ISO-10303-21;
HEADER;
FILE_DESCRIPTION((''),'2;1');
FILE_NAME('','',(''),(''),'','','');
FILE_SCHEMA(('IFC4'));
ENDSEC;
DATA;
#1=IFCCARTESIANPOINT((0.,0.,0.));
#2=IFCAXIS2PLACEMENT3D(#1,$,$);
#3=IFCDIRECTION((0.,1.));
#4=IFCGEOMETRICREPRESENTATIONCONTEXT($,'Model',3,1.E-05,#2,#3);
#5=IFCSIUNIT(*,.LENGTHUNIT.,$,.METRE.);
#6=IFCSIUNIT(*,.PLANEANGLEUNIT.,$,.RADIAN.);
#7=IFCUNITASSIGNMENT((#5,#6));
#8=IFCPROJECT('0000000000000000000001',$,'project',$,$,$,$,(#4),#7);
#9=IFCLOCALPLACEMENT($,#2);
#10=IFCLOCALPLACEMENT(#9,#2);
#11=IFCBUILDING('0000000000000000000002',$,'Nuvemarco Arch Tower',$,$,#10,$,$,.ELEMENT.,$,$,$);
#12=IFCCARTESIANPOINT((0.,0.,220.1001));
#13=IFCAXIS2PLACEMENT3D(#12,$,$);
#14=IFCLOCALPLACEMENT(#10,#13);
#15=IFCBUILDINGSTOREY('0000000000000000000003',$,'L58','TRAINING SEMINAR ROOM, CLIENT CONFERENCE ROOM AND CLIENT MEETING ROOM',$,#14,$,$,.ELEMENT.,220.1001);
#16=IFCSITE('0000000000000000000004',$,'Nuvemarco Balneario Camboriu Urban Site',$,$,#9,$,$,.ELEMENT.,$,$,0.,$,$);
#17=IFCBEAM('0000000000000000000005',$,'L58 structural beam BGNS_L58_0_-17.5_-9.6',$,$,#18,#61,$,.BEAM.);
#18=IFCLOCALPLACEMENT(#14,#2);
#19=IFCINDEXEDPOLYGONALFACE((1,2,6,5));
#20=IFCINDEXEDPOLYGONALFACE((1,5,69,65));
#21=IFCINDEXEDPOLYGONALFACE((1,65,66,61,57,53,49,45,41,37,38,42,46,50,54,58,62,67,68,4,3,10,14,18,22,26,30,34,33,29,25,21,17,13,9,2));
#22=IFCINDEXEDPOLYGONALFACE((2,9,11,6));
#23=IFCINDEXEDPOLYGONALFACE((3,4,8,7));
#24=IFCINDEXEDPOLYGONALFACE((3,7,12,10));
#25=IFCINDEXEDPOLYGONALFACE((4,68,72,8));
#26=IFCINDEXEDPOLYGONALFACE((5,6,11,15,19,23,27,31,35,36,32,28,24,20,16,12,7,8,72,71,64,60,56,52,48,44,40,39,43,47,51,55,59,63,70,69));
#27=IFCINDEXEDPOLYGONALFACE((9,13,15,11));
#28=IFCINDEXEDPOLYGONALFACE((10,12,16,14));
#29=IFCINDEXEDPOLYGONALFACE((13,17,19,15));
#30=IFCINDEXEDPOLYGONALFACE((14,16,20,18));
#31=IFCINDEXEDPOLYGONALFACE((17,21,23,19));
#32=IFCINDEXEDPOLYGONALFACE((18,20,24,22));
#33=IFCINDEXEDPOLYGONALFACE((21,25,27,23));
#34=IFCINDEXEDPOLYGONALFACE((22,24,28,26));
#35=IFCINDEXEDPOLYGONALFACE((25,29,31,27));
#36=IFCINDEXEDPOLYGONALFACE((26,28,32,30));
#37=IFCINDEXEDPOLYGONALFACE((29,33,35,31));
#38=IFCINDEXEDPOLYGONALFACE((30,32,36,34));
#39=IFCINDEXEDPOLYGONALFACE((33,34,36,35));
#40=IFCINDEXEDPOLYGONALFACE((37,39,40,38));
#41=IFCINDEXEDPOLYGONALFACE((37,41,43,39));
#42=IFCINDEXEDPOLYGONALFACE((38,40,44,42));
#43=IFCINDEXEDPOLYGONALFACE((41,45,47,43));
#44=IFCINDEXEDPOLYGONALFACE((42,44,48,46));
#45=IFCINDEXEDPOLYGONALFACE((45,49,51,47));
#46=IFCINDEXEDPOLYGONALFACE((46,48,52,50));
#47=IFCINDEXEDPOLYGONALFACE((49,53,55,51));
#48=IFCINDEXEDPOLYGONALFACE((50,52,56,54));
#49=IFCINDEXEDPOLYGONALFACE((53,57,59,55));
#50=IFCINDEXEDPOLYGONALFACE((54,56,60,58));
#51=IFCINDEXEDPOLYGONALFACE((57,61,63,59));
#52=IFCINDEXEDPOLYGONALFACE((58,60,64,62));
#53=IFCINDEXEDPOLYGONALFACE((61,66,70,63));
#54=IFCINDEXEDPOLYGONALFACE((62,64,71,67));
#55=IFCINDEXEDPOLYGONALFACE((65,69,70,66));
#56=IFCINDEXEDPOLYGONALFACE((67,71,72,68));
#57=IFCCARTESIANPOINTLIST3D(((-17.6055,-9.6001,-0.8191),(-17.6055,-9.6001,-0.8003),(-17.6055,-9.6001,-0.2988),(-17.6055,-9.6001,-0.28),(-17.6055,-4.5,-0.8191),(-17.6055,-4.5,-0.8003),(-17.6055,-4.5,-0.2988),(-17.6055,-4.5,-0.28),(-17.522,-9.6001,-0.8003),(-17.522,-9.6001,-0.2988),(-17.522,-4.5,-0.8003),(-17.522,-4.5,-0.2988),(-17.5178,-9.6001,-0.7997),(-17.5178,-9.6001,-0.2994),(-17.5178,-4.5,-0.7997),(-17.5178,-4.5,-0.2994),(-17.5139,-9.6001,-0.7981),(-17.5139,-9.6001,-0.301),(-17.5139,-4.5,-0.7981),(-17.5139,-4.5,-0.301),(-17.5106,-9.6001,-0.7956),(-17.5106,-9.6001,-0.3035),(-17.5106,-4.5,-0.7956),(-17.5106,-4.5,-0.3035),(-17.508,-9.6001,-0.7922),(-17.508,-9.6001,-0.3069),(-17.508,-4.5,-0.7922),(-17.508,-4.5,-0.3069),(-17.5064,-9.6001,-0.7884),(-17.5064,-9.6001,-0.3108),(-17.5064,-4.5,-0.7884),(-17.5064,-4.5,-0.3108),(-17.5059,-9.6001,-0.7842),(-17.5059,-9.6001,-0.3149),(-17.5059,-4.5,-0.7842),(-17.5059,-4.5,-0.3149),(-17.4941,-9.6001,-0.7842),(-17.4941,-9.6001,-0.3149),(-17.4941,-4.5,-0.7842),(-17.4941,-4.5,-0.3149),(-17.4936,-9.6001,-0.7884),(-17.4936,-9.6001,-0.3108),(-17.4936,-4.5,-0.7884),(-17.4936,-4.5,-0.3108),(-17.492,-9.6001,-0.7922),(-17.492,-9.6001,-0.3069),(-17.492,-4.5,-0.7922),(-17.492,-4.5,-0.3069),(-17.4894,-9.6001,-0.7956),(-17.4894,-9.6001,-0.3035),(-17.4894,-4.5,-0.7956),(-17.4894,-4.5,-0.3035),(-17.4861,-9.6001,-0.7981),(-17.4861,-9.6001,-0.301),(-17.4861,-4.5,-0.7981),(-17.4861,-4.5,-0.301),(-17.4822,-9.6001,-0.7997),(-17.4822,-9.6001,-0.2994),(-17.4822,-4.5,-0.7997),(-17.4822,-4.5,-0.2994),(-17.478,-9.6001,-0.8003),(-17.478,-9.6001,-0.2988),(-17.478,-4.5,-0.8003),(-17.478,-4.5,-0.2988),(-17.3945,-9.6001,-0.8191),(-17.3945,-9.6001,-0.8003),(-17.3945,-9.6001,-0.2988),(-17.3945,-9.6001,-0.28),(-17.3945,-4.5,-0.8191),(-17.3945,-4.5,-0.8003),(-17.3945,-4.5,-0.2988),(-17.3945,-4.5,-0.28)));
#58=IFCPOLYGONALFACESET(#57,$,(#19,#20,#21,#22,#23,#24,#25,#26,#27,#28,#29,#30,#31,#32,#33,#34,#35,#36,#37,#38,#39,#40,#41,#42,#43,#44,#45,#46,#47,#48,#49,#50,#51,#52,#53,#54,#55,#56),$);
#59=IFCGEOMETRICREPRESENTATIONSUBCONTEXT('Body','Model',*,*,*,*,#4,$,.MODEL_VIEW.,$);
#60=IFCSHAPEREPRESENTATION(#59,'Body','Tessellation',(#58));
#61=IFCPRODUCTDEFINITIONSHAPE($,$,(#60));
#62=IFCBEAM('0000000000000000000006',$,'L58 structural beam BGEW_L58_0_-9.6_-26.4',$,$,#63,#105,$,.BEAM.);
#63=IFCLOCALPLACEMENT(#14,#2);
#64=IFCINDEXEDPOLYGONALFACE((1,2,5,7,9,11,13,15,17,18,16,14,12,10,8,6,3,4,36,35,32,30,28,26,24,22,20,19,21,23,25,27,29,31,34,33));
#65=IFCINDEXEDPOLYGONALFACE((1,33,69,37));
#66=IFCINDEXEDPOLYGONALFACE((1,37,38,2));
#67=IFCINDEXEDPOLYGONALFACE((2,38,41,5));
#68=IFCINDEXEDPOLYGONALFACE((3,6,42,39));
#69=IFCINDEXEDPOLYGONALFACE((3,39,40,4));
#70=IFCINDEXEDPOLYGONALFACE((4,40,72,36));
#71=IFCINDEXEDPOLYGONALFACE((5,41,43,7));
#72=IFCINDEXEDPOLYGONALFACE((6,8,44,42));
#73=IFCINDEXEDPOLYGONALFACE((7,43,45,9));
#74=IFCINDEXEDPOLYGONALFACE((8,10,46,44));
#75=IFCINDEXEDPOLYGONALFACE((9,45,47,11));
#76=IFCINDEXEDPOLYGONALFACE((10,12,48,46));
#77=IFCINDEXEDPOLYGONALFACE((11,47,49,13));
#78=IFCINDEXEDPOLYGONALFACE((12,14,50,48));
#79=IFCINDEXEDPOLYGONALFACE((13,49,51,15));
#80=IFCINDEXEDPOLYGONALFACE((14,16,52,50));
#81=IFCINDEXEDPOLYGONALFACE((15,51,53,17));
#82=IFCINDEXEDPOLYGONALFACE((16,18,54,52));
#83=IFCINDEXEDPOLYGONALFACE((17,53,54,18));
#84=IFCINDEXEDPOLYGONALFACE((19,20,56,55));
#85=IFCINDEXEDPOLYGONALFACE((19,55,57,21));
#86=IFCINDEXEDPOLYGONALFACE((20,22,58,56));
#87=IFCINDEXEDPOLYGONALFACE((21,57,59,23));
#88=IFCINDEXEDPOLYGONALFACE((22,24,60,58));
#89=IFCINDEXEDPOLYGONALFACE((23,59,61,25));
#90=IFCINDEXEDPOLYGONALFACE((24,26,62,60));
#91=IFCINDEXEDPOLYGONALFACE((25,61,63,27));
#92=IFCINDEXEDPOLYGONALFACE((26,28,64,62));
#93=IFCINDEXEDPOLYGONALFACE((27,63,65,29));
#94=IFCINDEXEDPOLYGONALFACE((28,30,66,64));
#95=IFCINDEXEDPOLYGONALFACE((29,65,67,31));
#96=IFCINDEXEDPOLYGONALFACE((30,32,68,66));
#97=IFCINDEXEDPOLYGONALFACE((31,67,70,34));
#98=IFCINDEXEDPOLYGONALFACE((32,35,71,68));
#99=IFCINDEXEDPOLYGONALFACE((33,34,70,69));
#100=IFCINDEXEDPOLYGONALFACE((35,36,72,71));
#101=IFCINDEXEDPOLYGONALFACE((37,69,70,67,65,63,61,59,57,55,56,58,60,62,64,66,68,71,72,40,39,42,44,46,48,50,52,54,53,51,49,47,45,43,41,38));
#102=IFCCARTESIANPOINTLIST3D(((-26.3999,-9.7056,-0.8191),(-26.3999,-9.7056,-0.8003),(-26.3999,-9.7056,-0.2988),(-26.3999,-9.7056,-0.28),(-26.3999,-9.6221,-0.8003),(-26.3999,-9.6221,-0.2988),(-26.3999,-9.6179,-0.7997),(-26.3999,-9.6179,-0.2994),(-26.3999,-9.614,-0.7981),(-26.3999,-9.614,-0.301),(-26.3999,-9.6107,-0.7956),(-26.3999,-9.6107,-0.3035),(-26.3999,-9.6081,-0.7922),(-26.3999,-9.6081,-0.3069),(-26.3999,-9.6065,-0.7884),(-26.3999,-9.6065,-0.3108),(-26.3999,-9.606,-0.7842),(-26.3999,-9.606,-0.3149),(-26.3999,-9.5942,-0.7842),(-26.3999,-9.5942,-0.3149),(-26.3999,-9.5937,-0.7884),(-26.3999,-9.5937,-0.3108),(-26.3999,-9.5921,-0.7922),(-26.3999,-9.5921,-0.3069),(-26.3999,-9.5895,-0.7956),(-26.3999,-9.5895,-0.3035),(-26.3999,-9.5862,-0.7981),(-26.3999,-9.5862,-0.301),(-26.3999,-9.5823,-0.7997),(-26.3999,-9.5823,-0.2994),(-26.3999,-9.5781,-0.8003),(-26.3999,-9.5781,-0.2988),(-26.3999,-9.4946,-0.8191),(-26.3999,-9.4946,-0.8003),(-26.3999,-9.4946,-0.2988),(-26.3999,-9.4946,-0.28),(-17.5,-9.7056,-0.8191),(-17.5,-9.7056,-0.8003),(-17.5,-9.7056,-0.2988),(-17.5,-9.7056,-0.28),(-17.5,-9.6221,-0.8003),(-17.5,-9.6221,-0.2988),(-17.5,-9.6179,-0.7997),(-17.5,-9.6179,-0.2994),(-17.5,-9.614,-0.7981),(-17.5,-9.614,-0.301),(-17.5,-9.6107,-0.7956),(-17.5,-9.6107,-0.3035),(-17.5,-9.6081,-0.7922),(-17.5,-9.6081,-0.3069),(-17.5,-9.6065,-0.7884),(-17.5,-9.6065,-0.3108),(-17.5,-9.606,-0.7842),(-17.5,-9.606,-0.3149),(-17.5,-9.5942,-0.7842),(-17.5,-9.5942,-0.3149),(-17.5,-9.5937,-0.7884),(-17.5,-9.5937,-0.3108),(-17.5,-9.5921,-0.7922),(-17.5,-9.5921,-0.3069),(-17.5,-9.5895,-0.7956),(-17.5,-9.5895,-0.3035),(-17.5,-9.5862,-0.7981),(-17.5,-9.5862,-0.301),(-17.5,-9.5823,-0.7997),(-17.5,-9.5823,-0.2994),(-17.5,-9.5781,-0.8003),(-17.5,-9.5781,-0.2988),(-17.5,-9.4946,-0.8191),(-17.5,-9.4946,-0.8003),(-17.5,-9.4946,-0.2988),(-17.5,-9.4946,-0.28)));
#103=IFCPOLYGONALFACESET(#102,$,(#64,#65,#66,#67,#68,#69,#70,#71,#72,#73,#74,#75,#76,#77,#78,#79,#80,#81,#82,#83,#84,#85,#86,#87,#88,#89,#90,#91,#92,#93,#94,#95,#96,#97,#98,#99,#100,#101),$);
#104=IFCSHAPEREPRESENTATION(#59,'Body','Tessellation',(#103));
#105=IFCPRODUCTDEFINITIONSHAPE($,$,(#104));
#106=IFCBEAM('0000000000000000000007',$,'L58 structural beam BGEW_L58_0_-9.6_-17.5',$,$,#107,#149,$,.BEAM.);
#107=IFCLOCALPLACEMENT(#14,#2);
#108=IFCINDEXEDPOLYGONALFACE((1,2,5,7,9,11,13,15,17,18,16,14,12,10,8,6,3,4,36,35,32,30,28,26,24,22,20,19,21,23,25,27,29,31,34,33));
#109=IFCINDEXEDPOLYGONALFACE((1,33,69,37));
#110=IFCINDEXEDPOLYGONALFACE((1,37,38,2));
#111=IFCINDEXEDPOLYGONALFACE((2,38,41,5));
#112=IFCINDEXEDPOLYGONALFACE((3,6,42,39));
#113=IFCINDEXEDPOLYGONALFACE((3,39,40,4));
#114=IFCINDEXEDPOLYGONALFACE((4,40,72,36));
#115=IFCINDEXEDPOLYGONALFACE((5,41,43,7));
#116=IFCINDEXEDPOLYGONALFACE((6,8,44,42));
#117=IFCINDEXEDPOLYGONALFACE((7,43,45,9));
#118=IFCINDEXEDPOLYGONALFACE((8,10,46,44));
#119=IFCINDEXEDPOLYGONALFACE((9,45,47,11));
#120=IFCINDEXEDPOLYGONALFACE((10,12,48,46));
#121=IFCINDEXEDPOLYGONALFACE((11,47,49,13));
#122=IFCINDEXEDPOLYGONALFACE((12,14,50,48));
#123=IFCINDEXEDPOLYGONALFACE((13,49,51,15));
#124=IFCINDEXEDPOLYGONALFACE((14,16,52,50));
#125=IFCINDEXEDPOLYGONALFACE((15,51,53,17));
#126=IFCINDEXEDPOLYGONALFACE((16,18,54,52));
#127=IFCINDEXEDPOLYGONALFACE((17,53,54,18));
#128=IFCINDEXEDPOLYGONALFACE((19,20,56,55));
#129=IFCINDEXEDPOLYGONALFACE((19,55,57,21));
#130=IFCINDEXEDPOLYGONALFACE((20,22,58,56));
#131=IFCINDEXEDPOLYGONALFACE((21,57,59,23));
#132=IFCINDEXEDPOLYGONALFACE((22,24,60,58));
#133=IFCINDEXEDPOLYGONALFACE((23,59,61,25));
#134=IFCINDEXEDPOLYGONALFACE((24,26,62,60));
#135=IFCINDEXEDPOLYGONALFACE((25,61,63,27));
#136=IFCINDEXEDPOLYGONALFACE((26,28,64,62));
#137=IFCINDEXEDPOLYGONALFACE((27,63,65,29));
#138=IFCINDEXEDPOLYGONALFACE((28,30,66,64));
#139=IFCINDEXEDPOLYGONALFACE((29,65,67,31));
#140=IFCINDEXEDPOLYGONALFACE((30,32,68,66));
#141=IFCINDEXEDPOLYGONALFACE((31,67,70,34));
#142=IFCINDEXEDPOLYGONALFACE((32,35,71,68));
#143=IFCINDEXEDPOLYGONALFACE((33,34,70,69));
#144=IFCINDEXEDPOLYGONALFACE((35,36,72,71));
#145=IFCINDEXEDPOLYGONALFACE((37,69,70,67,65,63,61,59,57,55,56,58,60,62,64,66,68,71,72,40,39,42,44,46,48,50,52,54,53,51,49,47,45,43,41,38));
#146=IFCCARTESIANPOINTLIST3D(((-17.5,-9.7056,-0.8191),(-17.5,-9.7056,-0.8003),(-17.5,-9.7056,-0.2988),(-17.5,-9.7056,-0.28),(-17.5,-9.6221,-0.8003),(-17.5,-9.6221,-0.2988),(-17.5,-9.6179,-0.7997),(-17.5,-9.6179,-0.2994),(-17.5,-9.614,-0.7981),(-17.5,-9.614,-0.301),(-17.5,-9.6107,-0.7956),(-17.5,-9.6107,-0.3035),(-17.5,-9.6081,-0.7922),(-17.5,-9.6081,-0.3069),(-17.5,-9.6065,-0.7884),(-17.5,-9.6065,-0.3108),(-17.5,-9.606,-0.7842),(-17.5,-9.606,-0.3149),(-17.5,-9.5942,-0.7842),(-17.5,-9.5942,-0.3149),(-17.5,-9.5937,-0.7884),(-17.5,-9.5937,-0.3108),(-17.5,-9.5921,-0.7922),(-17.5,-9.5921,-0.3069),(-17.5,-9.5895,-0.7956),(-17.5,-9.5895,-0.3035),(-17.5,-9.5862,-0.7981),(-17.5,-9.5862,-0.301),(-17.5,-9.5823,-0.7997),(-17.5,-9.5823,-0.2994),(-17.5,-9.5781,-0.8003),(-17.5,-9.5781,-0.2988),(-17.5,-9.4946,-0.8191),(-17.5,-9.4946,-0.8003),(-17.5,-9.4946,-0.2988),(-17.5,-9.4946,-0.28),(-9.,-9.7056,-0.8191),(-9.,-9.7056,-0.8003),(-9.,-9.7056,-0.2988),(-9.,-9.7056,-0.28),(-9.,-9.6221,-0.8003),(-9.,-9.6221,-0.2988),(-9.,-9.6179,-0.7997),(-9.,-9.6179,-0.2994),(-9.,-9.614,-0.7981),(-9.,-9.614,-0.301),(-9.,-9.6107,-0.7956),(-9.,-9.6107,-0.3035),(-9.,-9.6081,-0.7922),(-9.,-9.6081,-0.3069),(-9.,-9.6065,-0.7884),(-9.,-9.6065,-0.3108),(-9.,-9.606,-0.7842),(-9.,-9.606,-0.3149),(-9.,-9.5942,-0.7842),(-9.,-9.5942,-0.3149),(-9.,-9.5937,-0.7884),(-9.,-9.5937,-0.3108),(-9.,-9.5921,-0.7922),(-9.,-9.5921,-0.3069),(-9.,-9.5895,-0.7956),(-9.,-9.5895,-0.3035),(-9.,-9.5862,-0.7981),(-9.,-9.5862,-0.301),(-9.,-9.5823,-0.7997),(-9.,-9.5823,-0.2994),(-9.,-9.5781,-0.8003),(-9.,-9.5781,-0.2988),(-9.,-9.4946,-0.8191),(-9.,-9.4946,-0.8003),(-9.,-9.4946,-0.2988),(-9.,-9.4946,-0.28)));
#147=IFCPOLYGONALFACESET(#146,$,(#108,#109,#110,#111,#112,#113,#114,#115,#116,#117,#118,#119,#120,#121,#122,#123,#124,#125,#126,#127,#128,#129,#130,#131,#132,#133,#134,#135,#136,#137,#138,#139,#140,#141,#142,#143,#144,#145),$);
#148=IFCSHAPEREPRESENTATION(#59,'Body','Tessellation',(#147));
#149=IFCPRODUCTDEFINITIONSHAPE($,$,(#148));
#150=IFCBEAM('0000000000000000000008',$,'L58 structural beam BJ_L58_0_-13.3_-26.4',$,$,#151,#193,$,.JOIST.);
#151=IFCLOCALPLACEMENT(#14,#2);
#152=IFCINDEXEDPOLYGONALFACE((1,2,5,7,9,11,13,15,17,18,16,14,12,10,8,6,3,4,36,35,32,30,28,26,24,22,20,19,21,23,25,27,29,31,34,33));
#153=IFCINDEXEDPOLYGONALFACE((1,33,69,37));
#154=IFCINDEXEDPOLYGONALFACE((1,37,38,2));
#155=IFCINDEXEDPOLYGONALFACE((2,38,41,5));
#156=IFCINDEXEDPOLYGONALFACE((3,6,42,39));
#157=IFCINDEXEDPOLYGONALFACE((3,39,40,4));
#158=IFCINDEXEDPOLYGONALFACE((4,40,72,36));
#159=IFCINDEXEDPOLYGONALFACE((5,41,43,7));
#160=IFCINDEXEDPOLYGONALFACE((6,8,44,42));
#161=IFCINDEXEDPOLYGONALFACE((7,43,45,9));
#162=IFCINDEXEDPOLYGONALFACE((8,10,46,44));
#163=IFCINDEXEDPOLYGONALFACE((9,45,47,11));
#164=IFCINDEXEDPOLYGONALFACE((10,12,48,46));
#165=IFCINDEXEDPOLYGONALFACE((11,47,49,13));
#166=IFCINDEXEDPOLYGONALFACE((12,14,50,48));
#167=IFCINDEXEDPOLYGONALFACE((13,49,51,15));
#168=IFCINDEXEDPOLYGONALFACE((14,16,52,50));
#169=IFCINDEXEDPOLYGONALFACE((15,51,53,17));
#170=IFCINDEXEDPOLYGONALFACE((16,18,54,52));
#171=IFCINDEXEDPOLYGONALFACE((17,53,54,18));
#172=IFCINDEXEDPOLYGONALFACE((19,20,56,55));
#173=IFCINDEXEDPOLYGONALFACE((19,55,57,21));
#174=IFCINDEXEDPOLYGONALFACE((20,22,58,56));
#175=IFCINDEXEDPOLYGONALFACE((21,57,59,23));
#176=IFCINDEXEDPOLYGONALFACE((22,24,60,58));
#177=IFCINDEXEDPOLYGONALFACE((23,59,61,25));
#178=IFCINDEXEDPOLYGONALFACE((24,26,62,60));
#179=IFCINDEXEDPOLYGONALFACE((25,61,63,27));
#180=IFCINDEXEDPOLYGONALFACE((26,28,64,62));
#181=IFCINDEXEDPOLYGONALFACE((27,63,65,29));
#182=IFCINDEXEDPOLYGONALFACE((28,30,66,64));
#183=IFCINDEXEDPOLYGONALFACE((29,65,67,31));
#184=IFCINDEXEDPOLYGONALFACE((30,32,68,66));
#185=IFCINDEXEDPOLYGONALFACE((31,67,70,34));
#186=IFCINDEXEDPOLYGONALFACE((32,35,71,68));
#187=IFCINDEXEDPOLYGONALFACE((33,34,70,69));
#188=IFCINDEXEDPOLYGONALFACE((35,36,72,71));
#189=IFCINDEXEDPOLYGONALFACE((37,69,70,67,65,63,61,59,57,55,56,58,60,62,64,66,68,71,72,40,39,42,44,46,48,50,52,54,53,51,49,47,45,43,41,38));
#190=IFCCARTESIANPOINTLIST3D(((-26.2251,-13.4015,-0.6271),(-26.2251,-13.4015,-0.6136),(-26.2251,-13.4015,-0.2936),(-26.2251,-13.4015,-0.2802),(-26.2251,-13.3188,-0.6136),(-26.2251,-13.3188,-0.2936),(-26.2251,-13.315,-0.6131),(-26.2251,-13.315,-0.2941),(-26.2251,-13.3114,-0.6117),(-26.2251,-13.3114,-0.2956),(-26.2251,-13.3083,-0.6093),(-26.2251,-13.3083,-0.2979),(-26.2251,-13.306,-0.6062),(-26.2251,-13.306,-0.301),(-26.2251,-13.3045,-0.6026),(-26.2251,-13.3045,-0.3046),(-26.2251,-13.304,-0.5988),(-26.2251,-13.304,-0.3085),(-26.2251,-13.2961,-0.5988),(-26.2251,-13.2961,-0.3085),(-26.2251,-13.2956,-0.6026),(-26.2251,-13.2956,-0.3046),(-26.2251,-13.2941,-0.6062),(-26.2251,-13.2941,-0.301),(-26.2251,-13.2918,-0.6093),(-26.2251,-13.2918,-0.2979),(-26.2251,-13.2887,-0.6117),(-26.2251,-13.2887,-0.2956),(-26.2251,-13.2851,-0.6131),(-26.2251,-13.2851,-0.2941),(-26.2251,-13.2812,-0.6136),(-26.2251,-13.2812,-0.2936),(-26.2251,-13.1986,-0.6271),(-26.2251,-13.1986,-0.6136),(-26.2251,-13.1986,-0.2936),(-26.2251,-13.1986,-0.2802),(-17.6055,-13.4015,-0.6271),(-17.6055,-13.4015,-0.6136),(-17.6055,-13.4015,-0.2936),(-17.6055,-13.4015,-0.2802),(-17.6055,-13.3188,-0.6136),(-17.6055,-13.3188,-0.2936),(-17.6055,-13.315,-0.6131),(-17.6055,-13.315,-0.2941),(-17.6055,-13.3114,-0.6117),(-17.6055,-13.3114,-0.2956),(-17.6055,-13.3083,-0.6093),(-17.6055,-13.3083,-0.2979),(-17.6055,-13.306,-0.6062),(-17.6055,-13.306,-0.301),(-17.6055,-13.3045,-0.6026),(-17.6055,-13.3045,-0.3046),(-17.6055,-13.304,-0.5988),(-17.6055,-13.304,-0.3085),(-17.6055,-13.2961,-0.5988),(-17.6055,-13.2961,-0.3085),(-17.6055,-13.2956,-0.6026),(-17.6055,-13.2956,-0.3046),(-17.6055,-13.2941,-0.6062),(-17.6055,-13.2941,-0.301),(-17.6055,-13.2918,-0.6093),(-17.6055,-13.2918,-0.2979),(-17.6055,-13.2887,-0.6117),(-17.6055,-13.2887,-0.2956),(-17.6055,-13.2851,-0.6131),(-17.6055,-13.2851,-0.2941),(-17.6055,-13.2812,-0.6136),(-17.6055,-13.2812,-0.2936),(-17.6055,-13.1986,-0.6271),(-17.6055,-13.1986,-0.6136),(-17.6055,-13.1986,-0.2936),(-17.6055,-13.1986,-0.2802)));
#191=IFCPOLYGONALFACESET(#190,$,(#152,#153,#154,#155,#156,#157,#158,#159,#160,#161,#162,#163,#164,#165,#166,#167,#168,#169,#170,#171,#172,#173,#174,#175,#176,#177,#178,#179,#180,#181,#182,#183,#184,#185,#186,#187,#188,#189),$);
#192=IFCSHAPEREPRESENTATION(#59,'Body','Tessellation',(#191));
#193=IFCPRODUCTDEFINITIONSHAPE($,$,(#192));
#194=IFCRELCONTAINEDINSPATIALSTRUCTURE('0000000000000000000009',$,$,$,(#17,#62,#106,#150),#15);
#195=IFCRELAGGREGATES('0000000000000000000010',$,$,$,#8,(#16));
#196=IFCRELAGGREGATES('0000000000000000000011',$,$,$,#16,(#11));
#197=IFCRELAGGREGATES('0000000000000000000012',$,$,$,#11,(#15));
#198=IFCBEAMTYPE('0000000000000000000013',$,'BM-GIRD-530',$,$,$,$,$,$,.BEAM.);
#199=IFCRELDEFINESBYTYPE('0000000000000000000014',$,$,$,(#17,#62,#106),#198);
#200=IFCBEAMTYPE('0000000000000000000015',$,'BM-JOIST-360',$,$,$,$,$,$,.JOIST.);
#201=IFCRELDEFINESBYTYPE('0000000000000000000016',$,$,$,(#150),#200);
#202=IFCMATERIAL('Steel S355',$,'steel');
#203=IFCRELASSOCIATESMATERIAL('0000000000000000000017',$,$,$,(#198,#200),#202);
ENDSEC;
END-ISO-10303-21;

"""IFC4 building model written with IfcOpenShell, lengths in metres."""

from ifc_helpers import new_model, si_unit, direction, frame, origin, origin_2d, place, context, subcontext, project, spatial, i_section, extrude, material, material_profile, profile_set, type_object, element, save


model = new_model("IFC4")

# Units and contexts
model_context = context("Model", 3, precision=1e-05, world=origin(), true_north=direction((0.0, 1.0)))
body_context = subcontext(model_context, "Body", "Model", "MODEL_VIEW")
ifc_project = project(units=[si_unit("LENGTHUNIT", "METRE"), si_unit("PLANEANGLEUNIT", "RADIAN")], contexts=[model_context])

# Site, building, storey
site_placement = place(None, origin())
site = spatial("IfcSite", under=ifc_project, at=site_placement, Name="Nuvemarco Balneario Camboriu Urban Site", CompositionType="ELEMENT", RefElevation=0.0)
building_placement = place(site_placement, origin())
building = spatial("IfcBuilding", under=site, at=building_placement, Name="Nuvemarco Arch Tower", CompositionType="ELEMENT")
storey_placement = place(building_placement, frame((0.0, 0.0, 220.1001)))
storey = spatial("IfcBuildingStorey", under=building, at=storey_placement, Name="L58", Description="TRAINING SEMINAR ROOM, CLIENT CONFERENCE ROOM AND CLIENT MEETING ROOM", CompositionType="ELEMENT", Elevation=220.1001)

# Shared definitions
ifc_material_1 = material(Name="Steel S355", Category="steel")

# Beams
ifc_material_profile_1 = material_profile(ifc_material_1, i_section(OverallWidth=0.2109, OverallDepth=0.5391, WebThickness=0.0117, FlangeThickness=0.0188, FilletRadius=0.0161, at=origin_2d()), Name="W530x109")
ifc_profile_set_1 = profile_set([ifc_material_profile_1], Name="Steel S355")
beam_type_1 = type_object("IfcBeamType", Name="BM-GIRD-530", PredefinedType="BEAM", material=ifc_profile_set_1)
beam_1_placement = place(storey_placement, frame((-17.5, -9.6001, -0.5496), z_axis=(0.0, 1.0, 0.0), x_axis=(-1.0, 0.0, 0.0)))
element("IfcBeam", 1, at=beam_1_placement, inside=storey, type_object=beam_type_1, Name="L58 structural beam BGNS_L58_0_-17.5_-9.6", PredefinedType="BEAM", context=body_context, shape_type="SweptSolid", body=[
    extrude(i_section(OverallWidth=0.2109, OverallDepth=0.5391, WebThickness=0.0117, FlangeThickness=0.0188, FilletRadius=0.0161, at=origin_2d()), origin(), (0.0, 0.0, 1.0), 5.1001),
])
beam_2_placement = place(storey_placement, frame((-26.3999, -9.6001, -0.5496), z_axis=(1.0, 0.0, 0.0), x_axis=(0.0, 1.0, 0.0)))
element("IfcBeam", 2, at=beam_2_placement, inside=storey, type_object=beam_type_1, Name="L58 structural beam BGEW_L58_0_-9.6_-26.4", PredefinedType="BEAM", context=body_context, shape_type="SweptSolid", body=[
    extrude(i_section(OverallWidth=0.2109, OverallDepth=0.5391, WebThickness=0.0117, FlangeThickness=0.0188, FilletRadius=0.0161, at=origin_2d()), origin(), (0.0, 0.0, 1.0), 8.8999),
])
beam_3_placement = place(storey_placement, frame((-17.5, -9.6001, -0.5496), z_axis=(1.0, 0.0, 0.0), x_axis=(0.0, 1.0, 0.0)))
element("IfcBeam", 3, at=beam_3_placement, inside=storey, type_object=beam_type_1, Name="L58 structural beam BGEW_L58_0_-9.6_-17.5", PredefinedType="BEAM", context=body_context, shape_type="SweptSolid", body=[
    extrude(i_section(OverallWidth=0.2109, OverallDepth=0.5391, WebThickness=0.0117, FlangeThickness=0.0188, FilletRadius=0.0161, at=origin_2d()), origin(), (0.0, 0.0, 1.0), 8.5),
])
ifc_material_profile_2 = material_profile(ifc_material_1, i_section(OverallWidth=0.2029, OverallDepth=0.3469, WebThickness=0.0078, FlangeThickness=0.0134, FilletRadius=0.0149, at=origin_2d()), Name="W360x64")
ifc_profile_set_2 = profile_set([ifc_material_profile_2], Name="Steel S355")
beam_type_2 = type_object("IfcBeamType", Name="BM-JOIST-360", PredefinedType="JOIST", material=ifc_profile_set_2)
beam_4_placement = place(storey_placement, frame((-26.2251, -13.3, -0.4536), z_axis=(1.0, 0.0, 0.0), x_axis=(0.0, 1.0, 0.0)))
element("IfcBeam", 4, at=beam_4_placement, inside=storey, type_object=beam_type_2, Name="L58 structural beam BJ_L58_0_-13.3_-26.4", PredefinedType="JOIST", context=body_context, shape_type="SweptSolid", body=[
    extrude(i_section(OverallWidth=0.2029, OverallDepth=0.3469, WebThickness=0.0078, FlangeThickness=0.0134, FilletRadius=0.0149, at=origin_2d()), origin(), (0.0, 0.0, 1.0), 8.6196),
])

save(model, "model.ifc")
